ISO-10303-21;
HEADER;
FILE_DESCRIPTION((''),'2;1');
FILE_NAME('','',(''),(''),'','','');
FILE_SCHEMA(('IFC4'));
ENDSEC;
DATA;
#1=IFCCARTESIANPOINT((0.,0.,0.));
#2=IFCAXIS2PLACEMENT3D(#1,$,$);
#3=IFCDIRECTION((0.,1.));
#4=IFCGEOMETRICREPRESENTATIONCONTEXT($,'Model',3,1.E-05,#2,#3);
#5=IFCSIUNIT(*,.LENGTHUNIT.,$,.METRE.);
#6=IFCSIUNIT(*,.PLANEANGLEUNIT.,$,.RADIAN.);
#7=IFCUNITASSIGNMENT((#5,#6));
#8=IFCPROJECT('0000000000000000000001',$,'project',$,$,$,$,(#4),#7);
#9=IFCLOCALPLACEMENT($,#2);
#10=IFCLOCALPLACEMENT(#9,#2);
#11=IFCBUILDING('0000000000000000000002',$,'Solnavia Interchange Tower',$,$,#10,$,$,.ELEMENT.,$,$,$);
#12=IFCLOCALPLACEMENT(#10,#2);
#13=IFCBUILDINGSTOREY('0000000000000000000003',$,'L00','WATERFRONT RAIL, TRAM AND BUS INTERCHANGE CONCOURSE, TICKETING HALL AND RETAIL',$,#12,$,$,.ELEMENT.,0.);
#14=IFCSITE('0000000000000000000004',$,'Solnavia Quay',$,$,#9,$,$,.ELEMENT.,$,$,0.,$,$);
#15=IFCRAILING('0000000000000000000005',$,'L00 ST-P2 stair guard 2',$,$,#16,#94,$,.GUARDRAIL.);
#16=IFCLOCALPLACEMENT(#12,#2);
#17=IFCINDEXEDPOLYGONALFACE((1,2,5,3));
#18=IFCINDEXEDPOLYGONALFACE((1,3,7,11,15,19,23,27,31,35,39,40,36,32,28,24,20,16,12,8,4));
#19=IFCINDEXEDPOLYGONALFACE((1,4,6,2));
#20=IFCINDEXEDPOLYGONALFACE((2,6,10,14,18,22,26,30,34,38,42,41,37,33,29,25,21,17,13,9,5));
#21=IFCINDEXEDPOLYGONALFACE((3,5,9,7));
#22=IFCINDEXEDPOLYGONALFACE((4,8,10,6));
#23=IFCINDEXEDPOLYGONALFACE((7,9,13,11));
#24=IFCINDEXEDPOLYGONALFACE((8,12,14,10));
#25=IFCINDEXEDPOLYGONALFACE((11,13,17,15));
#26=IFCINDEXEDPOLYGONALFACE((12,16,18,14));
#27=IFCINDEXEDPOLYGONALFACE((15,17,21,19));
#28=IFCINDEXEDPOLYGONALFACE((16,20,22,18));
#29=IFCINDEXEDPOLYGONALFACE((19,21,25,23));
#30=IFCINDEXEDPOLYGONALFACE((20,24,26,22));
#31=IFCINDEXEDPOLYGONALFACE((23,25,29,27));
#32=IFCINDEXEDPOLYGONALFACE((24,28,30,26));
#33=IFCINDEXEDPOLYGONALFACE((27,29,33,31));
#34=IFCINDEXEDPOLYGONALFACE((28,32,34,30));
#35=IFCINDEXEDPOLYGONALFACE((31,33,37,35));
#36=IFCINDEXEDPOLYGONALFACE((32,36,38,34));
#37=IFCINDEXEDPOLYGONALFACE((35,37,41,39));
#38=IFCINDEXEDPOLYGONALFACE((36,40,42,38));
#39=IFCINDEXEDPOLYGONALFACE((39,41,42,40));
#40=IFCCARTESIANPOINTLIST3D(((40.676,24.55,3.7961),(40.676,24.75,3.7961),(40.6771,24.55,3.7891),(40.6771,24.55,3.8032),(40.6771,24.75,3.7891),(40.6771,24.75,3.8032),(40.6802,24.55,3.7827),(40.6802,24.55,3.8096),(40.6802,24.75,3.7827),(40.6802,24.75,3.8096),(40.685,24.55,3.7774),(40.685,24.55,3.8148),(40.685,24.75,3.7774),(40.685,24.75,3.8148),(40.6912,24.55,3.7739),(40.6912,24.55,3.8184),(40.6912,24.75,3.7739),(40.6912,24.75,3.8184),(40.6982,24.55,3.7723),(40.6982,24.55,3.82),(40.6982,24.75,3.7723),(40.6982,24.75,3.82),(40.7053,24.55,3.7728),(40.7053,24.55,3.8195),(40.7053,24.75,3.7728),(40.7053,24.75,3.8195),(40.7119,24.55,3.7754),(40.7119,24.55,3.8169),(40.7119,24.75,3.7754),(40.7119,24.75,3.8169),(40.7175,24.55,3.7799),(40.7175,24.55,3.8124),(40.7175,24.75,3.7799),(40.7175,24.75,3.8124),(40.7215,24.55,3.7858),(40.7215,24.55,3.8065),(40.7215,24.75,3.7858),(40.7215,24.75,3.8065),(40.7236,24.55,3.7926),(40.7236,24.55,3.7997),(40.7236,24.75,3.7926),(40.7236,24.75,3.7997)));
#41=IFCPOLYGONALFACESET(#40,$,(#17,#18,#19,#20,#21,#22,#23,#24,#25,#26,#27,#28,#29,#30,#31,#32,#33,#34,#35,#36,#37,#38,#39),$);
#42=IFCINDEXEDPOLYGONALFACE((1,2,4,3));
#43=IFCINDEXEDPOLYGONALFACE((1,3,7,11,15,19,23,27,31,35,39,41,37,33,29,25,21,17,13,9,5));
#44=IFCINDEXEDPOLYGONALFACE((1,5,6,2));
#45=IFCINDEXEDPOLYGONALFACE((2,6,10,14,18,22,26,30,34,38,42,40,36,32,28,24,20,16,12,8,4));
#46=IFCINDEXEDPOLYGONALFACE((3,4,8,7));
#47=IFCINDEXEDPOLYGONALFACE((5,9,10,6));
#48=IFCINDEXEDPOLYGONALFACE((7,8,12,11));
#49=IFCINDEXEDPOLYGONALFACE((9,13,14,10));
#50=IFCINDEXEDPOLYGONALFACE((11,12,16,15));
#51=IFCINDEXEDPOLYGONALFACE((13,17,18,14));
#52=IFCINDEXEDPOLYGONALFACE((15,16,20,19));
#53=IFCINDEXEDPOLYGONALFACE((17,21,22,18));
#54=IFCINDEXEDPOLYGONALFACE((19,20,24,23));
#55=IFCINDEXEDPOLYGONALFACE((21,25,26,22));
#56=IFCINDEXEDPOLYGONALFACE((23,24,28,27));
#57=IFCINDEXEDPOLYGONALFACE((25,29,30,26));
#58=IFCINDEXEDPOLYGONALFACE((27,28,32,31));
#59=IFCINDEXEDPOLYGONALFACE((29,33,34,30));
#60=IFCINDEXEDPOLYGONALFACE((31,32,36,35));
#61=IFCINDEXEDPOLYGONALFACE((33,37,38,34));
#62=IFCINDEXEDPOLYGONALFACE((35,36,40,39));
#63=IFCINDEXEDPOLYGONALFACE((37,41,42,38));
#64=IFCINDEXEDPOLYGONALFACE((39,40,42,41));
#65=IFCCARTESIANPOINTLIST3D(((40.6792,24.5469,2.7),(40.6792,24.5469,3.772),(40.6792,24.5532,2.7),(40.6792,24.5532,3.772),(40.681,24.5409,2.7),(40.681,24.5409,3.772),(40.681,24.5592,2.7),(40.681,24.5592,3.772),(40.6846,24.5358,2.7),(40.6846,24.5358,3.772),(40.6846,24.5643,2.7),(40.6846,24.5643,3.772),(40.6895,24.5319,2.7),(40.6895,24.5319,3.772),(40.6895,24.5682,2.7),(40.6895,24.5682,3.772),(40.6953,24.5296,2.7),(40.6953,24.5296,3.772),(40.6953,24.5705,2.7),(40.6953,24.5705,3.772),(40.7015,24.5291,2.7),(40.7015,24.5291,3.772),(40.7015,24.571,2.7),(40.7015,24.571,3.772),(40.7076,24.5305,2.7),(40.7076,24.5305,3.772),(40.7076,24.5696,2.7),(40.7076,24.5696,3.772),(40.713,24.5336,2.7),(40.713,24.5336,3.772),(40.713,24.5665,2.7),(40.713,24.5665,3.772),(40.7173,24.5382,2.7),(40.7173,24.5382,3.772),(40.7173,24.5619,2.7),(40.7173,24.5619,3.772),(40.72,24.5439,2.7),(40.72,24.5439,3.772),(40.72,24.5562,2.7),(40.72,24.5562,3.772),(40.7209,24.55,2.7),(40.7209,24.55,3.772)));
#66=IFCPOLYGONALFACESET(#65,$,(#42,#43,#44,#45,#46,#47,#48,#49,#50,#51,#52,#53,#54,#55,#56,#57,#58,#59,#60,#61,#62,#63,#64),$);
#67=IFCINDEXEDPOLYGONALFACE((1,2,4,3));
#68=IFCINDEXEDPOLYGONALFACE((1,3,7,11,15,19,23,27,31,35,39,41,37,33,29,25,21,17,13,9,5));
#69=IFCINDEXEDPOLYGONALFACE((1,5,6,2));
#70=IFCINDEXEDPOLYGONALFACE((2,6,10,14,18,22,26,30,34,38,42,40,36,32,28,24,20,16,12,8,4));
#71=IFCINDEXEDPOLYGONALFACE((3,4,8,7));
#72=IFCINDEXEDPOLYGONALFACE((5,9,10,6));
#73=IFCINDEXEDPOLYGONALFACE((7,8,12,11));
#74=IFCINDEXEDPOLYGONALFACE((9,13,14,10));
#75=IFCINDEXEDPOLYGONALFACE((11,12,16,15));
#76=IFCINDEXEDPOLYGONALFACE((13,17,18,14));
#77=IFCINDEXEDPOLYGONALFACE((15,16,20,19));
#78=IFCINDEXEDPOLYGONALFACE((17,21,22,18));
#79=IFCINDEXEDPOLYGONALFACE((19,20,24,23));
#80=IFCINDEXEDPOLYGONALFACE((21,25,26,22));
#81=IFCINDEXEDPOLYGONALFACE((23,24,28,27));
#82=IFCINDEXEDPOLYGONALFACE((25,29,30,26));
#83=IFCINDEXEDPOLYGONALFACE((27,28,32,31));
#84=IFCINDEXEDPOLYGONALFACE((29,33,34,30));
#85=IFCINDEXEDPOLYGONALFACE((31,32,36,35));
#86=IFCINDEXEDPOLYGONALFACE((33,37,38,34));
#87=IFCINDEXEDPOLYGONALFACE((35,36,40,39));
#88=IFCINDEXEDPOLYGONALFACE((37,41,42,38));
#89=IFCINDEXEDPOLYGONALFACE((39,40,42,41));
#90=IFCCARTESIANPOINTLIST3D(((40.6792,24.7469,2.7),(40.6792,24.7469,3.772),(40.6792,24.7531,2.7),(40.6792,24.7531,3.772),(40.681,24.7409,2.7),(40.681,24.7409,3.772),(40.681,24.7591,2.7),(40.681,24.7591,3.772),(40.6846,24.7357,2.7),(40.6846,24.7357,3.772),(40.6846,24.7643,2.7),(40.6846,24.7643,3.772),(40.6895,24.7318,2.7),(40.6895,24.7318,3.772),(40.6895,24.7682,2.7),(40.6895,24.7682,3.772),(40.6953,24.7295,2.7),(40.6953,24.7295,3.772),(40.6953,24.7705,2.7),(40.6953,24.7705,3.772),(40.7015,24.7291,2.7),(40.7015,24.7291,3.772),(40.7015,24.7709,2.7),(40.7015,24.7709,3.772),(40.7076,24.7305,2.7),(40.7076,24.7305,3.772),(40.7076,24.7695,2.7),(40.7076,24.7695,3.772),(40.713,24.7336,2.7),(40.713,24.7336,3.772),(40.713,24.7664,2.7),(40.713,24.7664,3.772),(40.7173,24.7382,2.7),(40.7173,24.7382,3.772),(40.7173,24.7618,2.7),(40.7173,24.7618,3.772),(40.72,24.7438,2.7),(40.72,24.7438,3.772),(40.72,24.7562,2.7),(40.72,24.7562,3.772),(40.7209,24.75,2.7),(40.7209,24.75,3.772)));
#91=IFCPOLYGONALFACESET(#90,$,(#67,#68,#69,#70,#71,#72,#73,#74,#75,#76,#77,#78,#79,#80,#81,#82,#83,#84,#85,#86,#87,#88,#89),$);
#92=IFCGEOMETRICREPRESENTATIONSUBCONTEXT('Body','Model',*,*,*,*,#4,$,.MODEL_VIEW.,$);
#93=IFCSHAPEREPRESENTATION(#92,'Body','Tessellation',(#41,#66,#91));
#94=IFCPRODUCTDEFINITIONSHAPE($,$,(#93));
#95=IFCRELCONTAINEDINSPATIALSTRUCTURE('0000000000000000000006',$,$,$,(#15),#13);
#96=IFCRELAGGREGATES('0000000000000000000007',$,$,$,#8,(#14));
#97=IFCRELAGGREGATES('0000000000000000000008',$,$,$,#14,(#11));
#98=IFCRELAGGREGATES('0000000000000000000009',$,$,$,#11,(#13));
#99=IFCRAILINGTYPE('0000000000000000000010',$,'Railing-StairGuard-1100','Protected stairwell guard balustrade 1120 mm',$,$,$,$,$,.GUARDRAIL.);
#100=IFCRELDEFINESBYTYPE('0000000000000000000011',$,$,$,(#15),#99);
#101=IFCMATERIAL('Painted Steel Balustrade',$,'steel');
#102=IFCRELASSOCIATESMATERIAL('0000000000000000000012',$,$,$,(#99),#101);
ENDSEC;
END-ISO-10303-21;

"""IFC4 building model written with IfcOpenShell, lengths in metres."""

from ifc_helpers import new_model, si_unit, direction, frame, origin, origin_2d, place, context, subcontext, project, spatial, circle, extrude, material, type_object, element, save


model = new_model("IFC4")

# Units and contexts
model_context = context("Model", 3, precision=1e-05, world=origin(), true_north=direction((0.0, 1.0)))
body_context = subcontext(model_context, "Body", "Model", "MODEL_VIEW")
ifc_project = project(units=[si_unit("LENGTHUNIT", "METRE"), si_unit("PLANEANGLEUNIT", "RADIAN")], contexts=[model_context])

# Site, building, storey
site_placement = place(None, origin())
site = spatial("IfcSite", under=ifc_project, at=site_placement, Name="Solnavia Quay", CompositionType="ELEMENT", RefElevation=0.0)
building_placement = place(site_placement, origin())
building = spatial("IfcBuilding", under=site, at=building_placement, Name="Solnavia Interchange Tower", CompositionType="ELEMENT")
storey_placement = place(building_placement, origin())
storey = spatial("IfcBuildingStorey", under=building, at=storey_placement, Name="L00", Description="WATERFRONT RAIL, TRAM AND BUS INTERCHANGE CONCOURSE, TICKETING HALL AND RETAIL", CompositionType="ELEMENT", Elevation=0.0)

# Railing
ifc_material_1 = material(Name="Painted Steel Balustrade", Category="steel")
railing_type_1 = type_object("IfcRailingType", Name="Railing-StairGuard-1100", Description="Protected stairwell guard balustrade 1120 mm", PredefinedType="GUARDRAIL", material=ifc_material_1)
railing_1_placement = place(storey_placement, frame((40.7, 24.55, 2.7)))
element("IfcRailing", 1, at=railing_1_placement, inside=storey, type_object=railing_type_1, Name="L00 ST-P2 stair guard 2", PredefinedType="GUARDRAIL", context=body_context, shape_type="SweptSolid", body=[
    extrude(circle(Radius=0.0239, at=origin_2d()), frame((0.0, 0.0, 1.0962), z_axis=(0.0, 1.0, 0.0), x_axis=(-1.0, 0.0, 0.0)), (0.0, 0.0, 1.0), 0.2),
    extrude(circle(Radius=0.021, at=origin_2d()), origin(), (0.0, 0.0, 1.0), 1.072),
    extrude(circle(Radius=0.021, at=origin_2d()), frame((0.0, 0.2, 0.0)), (0.0, 0.0, 1.0), 1.072),
])

save(model, "model.ifc")
